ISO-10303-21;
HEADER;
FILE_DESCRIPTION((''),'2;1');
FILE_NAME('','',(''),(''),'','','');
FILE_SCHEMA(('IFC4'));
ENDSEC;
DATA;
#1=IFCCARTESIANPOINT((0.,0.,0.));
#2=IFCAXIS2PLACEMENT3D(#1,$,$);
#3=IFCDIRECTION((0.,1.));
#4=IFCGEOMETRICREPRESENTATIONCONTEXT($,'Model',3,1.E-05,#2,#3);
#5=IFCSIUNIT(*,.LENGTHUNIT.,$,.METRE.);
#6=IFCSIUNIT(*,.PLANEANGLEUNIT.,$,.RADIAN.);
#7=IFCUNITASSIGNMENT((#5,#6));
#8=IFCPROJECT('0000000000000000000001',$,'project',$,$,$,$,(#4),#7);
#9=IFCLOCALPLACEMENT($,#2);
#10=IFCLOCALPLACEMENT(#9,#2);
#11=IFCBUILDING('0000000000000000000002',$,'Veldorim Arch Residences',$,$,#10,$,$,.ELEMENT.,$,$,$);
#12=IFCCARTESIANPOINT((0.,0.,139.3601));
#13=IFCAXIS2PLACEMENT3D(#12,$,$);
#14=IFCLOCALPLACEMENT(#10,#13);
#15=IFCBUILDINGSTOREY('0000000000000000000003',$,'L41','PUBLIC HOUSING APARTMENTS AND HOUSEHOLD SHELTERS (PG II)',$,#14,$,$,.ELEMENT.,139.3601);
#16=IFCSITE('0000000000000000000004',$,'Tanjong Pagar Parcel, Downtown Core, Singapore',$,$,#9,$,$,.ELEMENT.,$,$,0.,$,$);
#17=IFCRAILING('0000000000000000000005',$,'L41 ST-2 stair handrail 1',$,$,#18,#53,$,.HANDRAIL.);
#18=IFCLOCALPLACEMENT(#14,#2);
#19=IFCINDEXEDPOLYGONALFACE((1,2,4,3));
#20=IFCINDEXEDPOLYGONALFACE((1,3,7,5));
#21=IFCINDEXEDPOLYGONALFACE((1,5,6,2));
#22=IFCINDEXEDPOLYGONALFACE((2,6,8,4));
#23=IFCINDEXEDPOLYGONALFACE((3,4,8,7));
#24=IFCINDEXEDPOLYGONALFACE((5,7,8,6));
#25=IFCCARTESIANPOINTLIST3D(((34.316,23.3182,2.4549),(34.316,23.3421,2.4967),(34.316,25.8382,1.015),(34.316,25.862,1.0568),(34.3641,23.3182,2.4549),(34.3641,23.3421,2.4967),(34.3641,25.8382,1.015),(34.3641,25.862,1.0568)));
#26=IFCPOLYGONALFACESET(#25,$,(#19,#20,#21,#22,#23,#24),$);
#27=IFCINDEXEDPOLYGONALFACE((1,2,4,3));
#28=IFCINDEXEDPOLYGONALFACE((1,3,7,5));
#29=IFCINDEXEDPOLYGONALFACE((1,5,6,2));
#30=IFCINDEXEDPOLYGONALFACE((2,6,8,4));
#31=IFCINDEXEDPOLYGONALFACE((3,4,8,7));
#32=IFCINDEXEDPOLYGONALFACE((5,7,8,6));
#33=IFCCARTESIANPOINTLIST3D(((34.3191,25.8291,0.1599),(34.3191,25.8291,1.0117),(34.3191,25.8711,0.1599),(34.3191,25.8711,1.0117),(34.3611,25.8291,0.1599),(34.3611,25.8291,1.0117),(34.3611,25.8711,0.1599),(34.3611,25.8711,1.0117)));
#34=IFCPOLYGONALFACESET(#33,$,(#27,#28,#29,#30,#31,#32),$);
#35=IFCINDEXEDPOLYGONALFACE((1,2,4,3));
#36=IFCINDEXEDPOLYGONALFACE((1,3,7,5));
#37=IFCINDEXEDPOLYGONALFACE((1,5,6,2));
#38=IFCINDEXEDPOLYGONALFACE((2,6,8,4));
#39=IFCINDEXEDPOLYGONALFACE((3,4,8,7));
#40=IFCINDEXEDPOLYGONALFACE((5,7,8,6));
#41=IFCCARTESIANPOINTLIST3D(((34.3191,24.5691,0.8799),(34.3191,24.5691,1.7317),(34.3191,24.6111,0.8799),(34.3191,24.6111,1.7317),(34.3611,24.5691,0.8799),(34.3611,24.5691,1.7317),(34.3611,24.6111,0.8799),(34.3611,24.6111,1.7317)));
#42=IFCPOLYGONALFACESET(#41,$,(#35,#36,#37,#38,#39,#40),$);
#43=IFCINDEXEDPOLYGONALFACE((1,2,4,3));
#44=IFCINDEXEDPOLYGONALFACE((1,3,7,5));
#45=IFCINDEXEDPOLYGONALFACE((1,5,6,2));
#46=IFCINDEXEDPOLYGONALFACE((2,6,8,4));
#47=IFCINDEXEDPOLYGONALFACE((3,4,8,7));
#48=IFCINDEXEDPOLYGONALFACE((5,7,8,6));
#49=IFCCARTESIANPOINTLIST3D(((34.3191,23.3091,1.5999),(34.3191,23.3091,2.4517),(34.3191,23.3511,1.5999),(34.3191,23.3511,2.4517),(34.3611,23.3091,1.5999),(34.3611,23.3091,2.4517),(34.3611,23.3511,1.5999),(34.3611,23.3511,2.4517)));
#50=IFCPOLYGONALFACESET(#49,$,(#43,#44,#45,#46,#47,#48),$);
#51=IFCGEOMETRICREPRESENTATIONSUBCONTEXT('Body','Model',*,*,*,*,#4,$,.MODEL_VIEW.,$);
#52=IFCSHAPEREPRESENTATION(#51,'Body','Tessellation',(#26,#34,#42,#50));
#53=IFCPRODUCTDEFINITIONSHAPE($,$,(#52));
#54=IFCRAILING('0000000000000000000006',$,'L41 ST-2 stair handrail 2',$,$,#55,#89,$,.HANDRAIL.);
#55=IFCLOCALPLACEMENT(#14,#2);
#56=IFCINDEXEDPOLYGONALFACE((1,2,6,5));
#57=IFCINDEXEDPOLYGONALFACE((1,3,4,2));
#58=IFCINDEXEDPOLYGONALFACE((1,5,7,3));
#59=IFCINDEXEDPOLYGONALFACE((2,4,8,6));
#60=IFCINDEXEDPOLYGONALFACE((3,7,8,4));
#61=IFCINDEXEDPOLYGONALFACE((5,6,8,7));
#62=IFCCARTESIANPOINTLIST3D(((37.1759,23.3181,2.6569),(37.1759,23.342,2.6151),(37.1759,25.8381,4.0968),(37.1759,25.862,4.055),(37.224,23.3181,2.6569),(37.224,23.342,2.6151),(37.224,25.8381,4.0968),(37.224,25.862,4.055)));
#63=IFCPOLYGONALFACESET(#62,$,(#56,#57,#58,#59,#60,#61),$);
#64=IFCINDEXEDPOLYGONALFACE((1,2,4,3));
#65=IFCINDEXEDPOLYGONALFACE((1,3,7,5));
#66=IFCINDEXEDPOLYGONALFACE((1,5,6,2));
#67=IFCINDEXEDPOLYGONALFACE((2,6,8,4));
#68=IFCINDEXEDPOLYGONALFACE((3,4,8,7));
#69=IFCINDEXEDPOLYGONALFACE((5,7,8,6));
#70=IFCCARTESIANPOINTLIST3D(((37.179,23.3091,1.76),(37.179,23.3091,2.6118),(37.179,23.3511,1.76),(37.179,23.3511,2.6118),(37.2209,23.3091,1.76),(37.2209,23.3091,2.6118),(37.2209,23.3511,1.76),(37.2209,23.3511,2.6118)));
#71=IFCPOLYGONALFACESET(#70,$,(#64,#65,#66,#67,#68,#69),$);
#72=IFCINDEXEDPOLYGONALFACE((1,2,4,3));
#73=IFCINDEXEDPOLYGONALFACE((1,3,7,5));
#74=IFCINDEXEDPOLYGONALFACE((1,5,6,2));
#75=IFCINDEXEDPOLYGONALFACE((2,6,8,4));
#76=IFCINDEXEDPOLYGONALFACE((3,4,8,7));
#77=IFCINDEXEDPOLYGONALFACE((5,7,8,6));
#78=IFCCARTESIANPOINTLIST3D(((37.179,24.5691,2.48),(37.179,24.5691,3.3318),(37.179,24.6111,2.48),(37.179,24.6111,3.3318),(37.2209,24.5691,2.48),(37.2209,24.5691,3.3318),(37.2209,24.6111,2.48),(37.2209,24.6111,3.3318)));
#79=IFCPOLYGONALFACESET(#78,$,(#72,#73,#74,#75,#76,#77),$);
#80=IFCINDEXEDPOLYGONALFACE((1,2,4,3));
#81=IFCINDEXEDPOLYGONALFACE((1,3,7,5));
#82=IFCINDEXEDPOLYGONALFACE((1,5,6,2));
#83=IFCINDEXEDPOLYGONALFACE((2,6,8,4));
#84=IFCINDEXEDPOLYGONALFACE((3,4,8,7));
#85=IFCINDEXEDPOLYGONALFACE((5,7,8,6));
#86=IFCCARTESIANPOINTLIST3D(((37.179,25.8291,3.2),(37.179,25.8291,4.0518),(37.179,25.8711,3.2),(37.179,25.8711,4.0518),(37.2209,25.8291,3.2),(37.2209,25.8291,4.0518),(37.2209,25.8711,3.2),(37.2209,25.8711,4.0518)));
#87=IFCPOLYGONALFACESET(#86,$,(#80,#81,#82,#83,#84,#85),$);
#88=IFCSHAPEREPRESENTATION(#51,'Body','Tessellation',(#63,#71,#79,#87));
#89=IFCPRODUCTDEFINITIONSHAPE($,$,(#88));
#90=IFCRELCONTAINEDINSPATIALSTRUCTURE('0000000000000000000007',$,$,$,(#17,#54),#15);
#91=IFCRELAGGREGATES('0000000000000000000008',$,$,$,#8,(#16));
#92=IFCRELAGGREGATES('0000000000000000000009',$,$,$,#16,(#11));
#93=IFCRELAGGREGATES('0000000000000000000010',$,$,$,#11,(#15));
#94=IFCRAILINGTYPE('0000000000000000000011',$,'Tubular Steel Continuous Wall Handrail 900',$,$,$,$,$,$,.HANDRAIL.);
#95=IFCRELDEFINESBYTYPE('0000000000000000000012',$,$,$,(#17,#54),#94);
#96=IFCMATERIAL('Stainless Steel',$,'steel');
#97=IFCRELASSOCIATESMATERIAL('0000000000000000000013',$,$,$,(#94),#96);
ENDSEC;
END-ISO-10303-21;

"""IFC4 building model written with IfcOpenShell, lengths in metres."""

from ifc_helpers import new_model, si_unit, direction, frame, origin, origin_2d, place, context, subcontext, project, spatial, rectangle, extrude, material, type_object, element, save


model = new_model("IFC4")

# Units and contexts
model_context = context("Model", 3, precision=1e-05, world=origin(), true_north=direction((0.0, 1.0)))
body_context = subcontext(model_context, "Body", "Model", "MODEL_VIEW")
ifc_project = project(units=[si_unit("LENGTHUNIT", "METRE"), si_unit("PLANEANGLEUNIT", "RADIAN")], contexts=[model_context])

# Site, building, storey
site_placement = place(None, origin())
site = spatial("IfcSite", under=ifc_project, at=site_placement, Name="Tanjong Pagar Parcel, Downtown Core, Singapore", CompositionType="ELEMENT", RefElevation=0.0)
building_placement = place(site_placement, origin())
building = spatial("IfcBuilding", under=site, at=building_placement, Name="Veldorim Arch Residences", CompositionType="ELEMENT")
storey_placement = place(building_placement, frame((0.0, 0.0, 139.3601)))
storey = spatial("IfcBuildingStorey", under=building, at=storey_placement, Name="L41", Description="PUBLIC HOUSING APARTMENTS AND HOUSEHOLD SHELTERS (PG II)", CompositionType="ELEMENT", Elevation=139.3601)

# Railings
ifc_material_1 = material(Name="Stainless Steel", Category="steel")
railing_type_1 = type_object("IfcRailingType", Name="Tubular Steel Continuous Wall Handrail 900", PredefinedType="HANDRAIL", material=ifc_material_1)
railing_1_placement = place(storey_placement, frame((34.3401, 25.8501, 0.1599)))
element("IfcRailing", 1, at=railing_1_placement, inside=storey, type_object=railing_type_1, Name="L41 ST-2 stair handrail 1", PredefinedType="HANDRAIL", context=body_context, shape_type="SweptSolid", body=[
    extrude(rectangle(XDim=0.0481, YDim=0.0481, at=origin_2d()), frame((0.0, 0.0, 0.876), z_axis=(0.0, -0.868253, 0.496121), x_axis=(1.0, 0.0, 0.0)), (0.0, 0.0, 1.0), 2.9023),
    extrude(rectangle(XDim=0.042, YDim=0.042, at=origin_2d()), origin(), (0.0, 0.0, 1.0), 0.8518),
    extrude(rectangle(XDim=0.042, YDim=0.042, at=origin_2d()), frame((0.0, -1.26, 0.72)), (0.0, 0.0, 1.0), 0.8518),
    extrude(rectangle(XDim=0.042, YDim=0.042, at=origin_2d()), frame((0.0, -2.52, 1.4399)), (0.0, 0.0, 1.0), 0.8518),
])
railing_2_placement = place(storey_placement, frame((37.2, 23.3301, 1.76)))
element("IfcRailing", 2, at=railing_2_placement, inside=storey, type_object=railing_type_1, Name="L41 ST-2 stair handrail 2", PredefinedType="HANDRAIL", context=body_context, shape_type="SweptSolid", body=[
    extrude(rectangle(XDim=0.0481, YDim=0.0481, at=origin_2d()), frame((0.0, 0.0, 0.876), z_axis=(0.0, 0.868253, 0.496121), x_axis=(-1.0, 0.0, 0.0)), (0.0, 0.0, 1.0), 2.9023),
    extrude(rectangle(XDim=0.042, YDim=0.042, at=origin_2d()), origin(), (0.0, 0.0, 1.0), 0.8518),
    extrude(rectangle(XDim=0.042, YDim=0.042, at=origin_2d()), frame((0.0, 1.26, 0.72)), (0.0, 0.0, 1.0), 0.8518),
    extrude(rectangle(XDim=0.042, YDim=0.042, at=origin_2d()), frame((0.0, 2.52, 1.4399)), (0.0, 0.0, 1.0), 0.8518),
])

save(model, "model.ifc")
